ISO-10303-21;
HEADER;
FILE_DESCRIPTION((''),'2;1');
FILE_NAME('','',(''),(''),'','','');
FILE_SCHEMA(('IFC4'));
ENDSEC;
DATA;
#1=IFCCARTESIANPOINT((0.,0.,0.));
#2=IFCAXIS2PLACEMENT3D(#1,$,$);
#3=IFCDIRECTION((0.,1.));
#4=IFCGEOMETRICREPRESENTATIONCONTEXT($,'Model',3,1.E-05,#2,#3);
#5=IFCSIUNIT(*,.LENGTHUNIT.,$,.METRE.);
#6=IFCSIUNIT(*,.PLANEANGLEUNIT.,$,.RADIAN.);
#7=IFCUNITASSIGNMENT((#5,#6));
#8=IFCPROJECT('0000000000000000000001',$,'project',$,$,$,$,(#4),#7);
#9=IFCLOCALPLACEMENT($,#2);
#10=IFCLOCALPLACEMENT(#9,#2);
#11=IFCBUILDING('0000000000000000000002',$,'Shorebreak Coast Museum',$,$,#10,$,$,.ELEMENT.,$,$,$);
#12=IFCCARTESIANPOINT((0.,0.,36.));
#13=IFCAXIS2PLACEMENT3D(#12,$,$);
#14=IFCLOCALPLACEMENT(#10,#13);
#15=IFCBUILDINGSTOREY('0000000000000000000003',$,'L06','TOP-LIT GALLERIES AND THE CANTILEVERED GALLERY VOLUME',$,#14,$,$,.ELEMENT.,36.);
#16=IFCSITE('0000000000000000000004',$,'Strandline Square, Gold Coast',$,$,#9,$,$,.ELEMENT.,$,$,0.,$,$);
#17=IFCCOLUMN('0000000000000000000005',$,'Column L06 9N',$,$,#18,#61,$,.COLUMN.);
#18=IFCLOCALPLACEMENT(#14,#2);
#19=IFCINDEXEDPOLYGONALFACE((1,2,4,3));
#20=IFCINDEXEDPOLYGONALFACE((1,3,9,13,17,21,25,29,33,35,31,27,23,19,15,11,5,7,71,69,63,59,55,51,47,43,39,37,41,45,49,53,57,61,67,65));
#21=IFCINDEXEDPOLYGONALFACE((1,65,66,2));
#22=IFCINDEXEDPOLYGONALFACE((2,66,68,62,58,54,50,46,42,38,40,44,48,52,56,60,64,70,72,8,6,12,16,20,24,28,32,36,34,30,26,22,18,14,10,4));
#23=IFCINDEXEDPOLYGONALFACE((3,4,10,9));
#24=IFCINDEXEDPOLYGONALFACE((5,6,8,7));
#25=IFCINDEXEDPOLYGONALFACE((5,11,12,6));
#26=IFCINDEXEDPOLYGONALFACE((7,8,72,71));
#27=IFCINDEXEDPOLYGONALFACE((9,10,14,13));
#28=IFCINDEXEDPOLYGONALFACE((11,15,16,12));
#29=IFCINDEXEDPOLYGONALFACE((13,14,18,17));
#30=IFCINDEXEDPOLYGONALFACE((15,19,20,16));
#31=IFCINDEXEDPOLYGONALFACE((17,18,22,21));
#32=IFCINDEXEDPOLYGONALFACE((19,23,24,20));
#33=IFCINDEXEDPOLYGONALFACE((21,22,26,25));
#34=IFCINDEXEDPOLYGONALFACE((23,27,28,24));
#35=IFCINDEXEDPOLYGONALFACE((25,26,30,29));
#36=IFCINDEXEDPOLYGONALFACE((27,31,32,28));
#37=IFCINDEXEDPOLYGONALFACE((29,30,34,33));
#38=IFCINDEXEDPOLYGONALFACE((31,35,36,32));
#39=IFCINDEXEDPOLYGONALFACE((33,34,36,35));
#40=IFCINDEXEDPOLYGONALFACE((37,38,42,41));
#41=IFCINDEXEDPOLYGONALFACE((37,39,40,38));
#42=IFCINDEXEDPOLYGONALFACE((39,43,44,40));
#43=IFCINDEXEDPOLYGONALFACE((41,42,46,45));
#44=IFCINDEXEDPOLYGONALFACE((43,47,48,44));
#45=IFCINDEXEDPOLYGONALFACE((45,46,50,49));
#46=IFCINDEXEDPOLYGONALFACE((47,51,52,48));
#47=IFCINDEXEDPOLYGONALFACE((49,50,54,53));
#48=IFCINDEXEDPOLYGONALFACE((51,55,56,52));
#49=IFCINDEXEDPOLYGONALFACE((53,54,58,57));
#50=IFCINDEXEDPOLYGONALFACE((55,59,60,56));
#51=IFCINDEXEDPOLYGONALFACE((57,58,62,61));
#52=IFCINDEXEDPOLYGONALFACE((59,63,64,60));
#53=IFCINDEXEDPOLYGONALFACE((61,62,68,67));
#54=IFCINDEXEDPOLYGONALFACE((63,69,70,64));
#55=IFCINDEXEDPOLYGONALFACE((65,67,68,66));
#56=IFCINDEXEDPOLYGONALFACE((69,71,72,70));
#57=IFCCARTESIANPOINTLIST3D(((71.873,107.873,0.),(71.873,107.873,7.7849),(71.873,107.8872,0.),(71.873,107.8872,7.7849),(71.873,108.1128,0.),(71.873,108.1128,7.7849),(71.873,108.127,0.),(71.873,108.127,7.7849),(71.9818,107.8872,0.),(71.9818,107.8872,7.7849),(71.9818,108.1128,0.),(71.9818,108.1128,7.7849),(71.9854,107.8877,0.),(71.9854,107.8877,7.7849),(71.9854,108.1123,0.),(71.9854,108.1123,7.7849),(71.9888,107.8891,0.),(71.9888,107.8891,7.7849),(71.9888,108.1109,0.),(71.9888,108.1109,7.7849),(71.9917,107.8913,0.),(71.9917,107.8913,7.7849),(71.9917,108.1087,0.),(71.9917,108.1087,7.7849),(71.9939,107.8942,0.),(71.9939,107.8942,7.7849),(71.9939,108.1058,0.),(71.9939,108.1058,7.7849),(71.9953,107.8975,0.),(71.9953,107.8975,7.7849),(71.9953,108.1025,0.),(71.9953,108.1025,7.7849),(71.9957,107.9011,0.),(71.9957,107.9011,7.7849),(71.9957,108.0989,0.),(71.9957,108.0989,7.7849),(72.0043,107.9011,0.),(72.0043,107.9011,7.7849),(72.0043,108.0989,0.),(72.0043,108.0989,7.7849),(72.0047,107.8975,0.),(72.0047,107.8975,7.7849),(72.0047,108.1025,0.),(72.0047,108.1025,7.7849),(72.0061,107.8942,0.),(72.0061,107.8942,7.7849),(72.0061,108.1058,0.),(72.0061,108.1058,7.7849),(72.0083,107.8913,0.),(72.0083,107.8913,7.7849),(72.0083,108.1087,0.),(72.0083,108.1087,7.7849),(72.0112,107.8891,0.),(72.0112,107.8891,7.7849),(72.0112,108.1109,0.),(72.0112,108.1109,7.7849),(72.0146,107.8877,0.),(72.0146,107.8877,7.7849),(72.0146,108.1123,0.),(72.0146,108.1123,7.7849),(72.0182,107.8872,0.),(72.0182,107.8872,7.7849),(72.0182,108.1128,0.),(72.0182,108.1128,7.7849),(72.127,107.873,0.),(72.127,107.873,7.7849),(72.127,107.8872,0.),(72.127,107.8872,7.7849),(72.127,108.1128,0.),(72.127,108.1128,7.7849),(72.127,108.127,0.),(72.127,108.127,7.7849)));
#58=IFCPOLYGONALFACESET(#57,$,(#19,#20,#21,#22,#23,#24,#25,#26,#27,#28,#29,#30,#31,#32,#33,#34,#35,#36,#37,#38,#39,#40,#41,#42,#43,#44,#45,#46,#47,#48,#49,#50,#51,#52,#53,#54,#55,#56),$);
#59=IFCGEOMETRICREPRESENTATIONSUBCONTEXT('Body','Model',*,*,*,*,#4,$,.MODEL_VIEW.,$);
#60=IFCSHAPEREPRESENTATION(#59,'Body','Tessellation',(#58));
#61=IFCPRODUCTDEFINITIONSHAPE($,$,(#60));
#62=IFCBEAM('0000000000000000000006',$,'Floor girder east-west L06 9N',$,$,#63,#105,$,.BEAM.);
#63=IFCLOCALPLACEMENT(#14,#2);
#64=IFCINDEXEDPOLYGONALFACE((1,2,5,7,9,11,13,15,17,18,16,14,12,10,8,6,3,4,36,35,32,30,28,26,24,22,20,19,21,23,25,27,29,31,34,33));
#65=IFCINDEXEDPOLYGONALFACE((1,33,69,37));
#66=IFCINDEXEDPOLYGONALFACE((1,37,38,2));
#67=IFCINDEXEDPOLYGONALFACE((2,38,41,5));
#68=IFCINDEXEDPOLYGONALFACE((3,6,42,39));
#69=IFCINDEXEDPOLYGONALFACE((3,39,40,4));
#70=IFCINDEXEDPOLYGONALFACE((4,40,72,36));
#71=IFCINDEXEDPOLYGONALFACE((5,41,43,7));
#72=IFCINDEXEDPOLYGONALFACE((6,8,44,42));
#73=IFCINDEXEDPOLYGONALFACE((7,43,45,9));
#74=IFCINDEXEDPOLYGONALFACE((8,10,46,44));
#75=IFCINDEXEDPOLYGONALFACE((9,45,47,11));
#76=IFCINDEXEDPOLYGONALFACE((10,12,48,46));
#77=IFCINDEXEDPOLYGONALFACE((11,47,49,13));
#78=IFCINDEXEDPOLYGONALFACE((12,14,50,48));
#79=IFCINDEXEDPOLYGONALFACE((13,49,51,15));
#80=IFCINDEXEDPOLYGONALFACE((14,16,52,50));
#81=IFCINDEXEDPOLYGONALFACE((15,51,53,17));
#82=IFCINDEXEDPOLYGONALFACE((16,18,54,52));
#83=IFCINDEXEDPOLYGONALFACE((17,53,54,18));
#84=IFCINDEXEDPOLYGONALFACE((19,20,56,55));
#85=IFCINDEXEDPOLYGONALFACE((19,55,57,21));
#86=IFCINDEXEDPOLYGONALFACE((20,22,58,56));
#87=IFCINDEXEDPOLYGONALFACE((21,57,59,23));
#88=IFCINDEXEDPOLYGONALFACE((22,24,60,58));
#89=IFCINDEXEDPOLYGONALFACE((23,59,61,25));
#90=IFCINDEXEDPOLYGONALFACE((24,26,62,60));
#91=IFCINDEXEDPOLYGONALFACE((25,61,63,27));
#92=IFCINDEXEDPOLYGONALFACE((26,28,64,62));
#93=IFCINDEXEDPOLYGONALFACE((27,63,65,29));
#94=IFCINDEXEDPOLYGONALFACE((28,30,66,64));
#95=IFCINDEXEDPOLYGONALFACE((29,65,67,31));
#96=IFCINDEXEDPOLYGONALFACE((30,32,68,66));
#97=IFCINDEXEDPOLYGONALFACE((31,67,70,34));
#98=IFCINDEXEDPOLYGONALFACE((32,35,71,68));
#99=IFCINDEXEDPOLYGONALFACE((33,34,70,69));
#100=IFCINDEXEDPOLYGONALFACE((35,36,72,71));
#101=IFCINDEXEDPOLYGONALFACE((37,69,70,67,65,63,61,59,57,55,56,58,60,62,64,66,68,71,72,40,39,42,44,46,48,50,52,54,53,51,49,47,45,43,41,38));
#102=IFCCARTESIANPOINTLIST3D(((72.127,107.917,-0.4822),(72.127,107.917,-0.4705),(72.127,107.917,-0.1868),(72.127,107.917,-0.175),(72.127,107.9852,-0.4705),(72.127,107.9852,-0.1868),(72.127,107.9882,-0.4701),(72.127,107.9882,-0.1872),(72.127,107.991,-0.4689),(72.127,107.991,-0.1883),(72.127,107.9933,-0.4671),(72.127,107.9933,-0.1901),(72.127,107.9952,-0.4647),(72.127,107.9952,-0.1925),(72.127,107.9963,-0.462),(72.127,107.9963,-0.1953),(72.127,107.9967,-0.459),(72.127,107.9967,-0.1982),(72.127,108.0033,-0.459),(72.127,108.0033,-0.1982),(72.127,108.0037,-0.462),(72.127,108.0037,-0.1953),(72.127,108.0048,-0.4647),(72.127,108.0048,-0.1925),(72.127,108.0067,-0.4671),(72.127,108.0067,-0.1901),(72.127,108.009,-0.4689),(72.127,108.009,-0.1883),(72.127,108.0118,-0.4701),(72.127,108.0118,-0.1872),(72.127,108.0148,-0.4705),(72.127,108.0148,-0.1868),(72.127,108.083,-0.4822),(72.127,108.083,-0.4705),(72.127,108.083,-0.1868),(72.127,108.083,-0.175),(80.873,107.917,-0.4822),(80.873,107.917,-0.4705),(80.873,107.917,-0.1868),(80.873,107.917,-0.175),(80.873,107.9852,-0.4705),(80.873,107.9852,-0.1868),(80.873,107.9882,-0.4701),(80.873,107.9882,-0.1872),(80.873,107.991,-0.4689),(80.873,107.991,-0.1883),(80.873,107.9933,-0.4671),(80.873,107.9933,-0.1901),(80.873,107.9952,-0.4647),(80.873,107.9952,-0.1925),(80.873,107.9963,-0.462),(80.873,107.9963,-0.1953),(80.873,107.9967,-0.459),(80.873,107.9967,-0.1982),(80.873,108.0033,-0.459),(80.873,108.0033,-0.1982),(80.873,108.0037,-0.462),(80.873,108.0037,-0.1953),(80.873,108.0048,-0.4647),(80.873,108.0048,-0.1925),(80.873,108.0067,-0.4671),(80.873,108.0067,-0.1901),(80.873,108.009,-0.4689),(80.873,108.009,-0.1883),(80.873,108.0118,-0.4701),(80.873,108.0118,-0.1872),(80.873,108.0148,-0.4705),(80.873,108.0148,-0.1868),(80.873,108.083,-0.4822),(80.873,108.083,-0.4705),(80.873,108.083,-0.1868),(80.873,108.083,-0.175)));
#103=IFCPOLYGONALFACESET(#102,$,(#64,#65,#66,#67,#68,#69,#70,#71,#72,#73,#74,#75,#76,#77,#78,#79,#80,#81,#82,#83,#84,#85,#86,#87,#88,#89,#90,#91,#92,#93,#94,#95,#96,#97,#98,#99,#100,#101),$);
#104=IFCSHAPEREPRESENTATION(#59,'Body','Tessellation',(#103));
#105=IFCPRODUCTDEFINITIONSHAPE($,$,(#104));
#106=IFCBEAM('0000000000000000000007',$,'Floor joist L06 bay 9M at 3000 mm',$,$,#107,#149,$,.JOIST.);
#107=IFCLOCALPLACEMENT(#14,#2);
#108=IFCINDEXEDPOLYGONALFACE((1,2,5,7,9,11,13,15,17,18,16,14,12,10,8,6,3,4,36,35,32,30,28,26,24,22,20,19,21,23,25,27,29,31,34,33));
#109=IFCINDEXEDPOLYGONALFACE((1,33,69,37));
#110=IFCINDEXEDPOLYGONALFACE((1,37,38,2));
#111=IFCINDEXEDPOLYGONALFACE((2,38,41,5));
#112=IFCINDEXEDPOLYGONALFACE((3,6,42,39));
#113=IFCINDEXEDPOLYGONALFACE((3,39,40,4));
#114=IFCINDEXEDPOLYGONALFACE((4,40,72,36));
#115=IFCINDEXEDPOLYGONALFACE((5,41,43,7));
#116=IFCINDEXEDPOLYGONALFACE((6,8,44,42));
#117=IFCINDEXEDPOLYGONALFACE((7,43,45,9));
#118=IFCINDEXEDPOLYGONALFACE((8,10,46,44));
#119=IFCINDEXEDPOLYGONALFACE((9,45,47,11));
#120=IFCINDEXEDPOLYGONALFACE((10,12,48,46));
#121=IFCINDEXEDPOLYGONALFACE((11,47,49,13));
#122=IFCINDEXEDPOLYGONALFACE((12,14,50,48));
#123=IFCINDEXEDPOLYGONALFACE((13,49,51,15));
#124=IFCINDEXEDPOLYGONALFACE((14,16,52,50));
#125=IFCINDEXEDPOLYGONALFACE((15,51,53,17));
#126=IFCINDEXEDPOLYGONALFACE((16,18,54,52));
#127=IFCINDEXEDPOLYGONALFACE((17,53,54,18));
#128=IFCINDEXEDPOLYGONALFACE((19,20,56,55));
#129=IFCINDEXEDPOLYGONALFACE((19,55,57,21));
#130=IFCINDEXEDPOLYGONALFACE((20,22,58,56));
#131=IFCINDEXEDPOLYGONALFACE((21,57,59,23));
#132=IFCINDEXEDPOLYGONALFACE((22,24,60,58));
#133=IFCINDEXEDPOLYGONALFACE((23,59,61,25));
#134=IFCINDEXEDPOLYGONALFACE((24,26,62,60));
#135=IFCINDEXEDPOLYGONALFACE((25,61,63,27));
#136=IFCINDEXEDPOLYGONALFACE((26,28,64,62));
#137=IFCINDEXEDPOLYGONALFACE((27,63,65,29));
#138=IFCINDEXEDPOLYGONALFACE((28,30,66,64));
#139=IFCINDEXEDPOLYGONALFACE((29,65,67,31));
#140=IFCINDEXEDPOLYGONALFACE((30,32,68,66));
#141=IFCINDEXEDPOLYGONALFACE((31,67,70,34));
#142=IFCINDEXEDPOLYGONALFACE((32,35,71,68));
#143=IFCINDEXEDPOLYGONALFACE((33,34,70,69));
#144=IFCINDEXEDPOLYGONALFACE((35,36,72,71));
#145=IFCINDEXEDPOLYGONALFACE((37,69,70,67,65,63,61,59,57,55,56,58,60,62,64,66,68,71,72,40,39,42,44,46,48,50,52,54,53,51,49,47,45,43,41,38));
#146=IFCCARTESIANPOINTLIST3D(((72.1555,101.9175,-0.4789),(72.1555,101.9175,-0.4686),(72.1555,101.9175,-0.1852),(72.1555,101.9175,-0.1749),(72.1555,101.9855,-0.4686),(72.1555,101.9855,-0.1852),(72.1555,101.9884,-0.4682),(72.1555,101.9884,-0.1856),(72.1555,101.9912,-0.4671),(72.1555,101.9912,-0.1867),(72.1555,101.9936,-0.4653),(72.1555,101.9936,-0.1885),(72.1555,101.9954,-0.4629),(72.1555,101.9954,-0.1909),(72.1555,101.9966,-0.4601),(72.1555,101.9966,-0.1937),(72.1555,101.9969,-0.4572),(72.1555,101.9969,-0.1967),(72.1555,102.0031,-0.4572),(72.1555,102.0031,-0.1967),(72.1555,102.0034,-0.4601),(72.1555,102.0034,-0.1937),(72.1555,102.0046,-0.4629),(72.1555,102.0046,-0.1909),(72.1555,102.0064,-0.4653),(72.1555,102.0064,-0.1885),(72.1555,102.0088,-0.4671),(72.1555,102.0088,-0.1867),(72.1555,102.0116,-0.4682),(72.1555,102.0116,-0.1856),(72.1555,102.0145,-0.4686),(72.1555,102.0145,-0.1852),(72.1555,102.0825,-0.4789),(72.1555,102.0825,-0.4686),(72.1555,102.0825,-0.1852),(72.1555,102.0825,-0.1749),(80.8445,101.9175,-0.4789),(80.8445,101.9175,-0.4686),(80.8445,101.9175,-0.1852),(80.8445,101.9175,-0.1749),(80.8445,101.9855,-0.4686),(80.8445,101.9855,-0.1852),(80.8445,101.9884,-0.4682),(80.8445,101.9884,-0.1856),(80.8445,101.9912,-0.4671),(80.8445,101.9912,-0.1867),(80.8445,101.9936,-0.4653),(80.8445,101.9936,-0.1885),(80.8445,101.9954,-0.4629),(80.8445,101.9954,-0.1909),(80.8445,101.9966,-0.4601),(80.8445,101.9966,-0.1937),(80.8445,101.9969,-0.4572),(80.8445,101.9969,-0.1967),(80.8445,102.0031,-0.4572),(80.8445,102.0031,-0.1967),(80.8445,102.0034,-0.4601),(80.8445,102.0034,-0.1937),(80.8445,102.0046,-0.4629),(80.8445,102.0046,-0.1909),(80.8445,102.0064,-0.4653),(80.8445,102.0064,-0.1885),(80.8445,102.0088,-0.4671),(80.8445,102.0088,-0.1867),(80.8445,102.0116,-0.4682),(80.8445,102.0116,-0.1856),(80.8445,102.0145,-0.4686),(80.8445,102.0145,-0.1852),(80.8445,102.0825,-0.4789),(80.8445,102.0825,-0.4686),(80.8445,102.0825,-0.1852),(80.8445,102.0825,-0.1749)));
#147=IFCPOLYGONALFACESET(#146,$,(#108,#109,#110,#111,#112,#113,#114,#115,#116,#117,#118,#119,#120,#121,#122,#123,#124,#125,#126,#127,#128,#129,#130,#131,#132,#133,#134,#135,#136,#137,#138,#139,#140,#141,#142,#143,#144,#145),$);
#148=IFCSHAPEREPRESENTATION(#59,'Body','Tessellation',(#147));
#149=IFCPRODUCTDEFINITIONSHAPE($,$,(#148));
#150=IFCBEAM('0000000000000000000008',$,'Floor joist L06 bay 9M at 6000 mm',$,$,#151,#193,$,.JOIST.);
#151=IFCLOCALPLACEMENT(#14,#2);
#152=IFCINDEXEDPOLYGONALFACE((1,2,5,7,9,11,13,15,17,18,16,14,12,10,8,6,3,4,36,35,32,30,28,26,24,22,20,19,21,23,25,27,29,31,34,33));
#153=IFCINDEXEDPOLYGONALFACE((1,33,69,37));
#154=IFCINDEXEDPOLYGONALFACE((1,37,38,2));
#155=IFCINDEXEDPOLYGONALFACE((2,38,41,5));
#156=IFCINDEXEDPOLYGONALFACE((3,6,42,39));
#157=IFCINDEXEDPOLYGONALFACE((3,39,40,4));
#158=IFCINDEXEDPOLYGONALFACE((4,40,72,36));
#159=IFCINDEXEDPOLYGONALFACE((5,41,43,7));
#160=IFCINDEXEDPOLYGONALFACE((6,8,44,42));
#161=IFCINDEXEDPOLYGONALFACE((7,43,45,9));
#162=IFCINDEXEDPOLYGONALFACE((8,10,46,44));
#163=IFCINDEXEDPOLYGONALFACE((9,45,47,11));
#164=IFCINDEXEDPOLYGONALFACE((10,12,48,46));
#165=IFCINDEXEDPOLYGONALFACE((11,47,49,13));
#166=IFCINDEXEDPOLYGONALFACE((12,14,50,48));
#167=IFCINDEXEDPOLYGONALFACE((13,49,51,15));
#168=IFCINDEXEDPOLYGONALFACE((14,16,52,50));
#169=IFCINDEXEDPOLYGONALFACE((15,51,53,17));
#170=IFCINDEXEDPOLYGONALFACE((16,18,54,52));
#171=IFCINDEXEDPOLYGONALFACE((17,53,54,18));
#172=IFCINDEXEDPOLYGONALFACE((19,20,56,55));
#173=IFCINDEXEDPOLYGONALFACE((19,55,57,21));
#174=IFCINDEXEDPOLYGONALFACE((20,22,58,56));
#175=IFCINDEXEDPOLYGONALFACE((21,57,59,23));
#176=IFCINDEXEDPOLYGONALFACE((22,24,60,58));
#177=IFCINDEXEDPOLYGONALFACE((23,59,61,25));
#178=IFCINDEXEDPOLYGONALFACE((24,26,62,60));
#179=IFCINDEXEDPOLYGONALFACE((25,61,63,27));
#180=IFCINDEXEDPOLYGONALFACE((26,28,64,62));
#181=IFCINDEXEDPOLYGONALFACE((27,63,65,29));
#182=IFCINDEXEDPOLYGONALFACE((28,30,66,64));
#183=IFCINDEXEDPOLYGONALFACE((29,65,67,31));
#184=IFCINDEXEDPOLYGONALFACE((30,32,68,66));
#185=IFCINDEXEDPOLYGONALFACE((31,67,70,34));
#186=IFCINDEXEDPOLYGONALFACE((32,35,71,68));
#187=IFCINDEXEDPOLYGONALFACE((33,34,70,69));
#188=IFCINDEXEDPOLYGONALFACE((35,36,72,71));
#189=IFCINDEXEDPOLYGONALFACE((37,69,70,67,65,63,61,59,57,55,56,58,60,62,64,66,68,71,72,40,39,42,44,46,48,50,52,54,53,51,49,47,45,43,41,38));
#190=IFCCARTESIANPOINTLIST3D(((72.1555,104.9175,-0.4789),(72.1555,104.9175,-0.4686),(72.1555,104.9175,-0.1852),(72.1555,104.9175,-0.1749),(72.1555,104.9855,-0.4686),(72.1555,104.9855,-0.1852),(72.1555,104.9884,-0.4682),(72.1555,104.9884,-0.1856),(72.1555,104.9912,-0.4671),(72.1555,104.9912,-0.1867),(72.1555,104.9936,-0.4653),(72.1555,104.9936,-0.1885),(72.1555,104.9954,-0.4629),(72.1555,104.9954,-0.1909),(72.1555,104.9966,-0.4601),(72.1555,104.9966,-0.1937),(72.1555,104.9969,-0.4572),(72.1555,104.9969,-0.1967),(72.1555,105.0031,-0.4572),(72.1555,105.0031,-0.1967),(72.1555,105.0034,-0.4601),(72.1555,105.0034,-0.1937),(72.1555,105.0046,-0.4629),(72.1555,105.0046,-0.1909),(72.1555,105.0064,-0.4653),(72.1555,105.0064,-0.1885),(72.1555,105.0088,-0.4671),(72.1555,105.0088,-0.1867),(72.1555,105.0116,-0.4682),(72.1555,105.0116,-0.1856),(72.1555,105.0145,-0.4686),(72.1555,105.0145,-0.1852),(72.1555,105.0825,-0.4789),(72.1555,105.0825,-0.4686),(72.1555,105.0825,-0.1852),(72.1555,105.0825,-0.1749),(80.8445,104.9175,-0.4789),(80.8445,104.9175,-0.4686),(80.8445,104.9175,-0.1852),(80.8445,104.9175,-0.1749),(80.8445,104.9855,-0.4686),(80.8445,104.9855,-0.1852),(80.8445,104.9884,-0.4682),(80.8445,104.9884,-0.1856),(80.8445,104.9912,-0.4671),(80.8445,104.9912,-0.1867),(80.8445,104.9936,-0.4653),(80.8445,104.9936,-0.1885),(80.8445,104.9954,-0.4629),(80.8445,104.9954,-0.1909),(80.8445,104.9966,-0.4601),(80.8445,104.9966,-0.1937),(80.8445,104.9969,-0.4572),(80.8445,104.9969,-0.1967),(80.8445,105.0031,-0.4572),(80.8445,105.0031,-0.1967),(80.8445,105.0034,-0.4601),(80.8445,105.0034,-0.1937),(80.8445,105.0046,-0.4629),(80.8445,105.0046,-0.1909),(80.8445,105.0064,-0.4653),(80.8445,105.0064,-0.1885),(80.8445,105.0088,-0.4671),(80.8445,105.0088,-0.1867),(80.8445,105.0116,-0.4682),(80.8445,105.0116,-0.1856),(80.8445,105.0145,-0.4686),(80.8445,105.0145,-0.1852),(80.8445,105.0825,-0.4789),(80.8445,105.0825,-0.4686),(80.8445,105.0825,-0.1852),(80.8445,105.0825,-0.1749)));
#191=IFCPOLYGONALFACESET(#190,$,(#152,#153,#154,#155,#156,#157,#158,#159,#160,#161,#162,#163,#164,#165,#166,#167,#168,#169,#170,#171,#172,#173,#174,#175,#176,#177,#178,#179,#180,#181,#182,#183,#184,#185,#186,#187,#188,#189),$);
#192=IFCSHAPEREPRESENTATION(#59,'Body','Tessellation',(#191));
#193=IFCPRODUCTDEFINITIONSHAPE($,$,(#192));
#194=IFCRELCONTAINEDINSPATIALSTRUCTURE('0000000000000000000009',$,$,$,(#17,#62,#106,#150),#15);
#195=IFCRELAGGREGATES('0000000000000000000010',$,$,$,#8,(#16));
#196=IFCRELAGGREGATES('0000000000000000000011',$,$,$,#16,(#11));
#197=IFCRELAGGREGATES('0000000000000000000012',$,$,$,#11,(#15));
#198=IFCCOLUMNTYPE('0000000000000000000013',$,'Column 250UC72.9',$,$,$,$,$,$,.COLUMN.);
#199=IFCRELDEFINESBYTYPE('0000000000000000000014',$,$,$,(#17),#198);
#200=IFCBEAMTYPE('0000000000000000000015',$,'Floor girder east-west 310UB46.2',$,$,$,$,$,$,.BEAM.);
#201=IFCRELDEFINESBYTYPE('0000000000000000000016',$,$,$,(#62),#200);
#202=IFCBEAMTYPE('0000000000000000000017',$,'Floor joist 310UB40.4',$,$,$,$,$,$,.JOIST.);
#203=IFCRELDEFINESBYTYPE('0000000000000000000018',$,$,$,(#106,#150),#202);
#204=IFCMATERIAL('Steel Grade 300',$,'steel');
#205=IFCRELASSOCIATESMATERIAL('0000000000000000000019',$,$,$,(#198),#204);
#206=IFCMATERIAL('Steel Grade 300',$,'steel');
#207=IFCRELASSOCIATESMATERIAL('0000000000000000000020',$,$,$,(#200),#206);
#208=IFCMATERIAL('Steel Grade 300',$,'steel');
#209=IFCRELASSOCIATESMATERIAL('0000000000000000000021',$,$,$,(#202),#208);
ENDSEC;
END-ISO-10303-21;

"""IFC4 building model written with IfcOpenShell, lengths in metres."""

from ifc_helpers import new_model, si_unit, direction, frame, origin, origin_2d, place, context, subcontext, project, spatial, i_section, extrude, material, material_profile, profile_set, type_object, element, save


model = new_model("IFC4")

# Units and contexts
model_context = context("Model", 3, precision=1e-05, world=origin(), true_north=direction((0.0, 1.0)))
body_context = subcontext(model_context, "Body", "Model", "MODEL_VIEW")
ifc_project = project(units=[si_unit("LENGTHUNIT", "METRE"), si_unit("PLANEANGLEUNIT", "RADIAN")], contexts=[model_context])

# Site, building, storey
site_placement = place(None, origin())
site = spatial("IfcSite", under=ifc_project, at=site_placement, Name="Strandline Square, Gold Coast", CompositionType="ELEMENT", RefElevation=0.0)
building_placement = place(site_placement, origin())
building = spatial("IfcBuilding", under=site, at=building_placement, Name="Shorebreak Coast Museum", CompositionType="ELEMENT")
storey_placement = place(building_placement, frame((0.0, 0.0, 36.0)))
storey = spatial("IfcBuildingStorey", under=building, at=storey_placement, Name="L06", Description="TOP-LIT GALLERIES AND THE CANTILEVERED GALLERY VOLUME", CompositionType="ELEMENT", Elevation=36.0)

# Column
ifc_material_1 = material(Name="Steel Grade 300", Category="steel")
ifc_material_profile_1 = material_profile(ifc_material_1, i_section(OverallWidth=0.2539, OverallDepth=0.2539, WebThickness=0.0085, FlangeThickness=0.0142, FilletRadius=0.0139, at=origin_2d()), Name="250UC72.9")
ifc_profile_set_1 = profile_set([ifc_material_profile_1], Name="Steel Grade 300")
column_type = type_object("IfcColumnType", Name="Column 250UC72.9", PredefinedType="COLUMN", material=ifc_profile_set_1)
column_placement = place(storey_placement, frame((72.0, 108.0, 0.0), z_axis=(0.0, 0.0, 1.0), x_axis=(1.0, 0.0, 0.0)))
element("IfcColumn", 1, at=column_placement, inside=storey, type_object=column_type, Name="Column L06 9N", PredefinedType="COLUMN", context=body_context, shape_type="SweptSolid", body=[
    extrude(i_section(OverallWidth=0.2539, OverallDepth=0.2539, WebThickness=0.0085, FlangeThickness=0.0142, FilletRadius=0.0139, at=origin_2d()), origin(), (0.0, 0.0, 1.0), 7.7849),
])

# Beams
ifc_material_2 = material(Name="Steel Grade 300", Category="steel")
ifc_material_profile_2 = material_profile(ifc_material_2, i_section(OverallWidth=0.166, OverallDepth=0.3071, WebThickness=0.0066, FlangeThickness=0.0117, FilletRadius=0.0115, at=origin_2d()), Name="310UB46.2")
ifc_profile_set_2 = profile_set([ifc_material_profile_2], Name="Steel Grade 300")
beam_type_1 = type_object("IfcBeamType", Name="Floor girder east-west 310UB46.2", PredefinedType="BEAM", material=ifc_profile_set_2)
beam_placement = place(storey_placement, frame((72.127, 108.0, -0.3286), z_axis=(1.0, 0.0, 0.0), x_axis=(0.0, 1.0, 0.0)))
element("IfcBeam", 2, at=beam_placement, inside=storey, type_object=beam_type_1, Name="Floor girder east-west L06 9N", PredefinedType="BEAM", context=body_context, shape_type="SweptSolid", body=[
    extrude(i_section(OverallWidth=0.166, OverallDepth=0.3071, WebThickness=0.0066, FlangeThickness=0.0117, FilletRadius=0.0115, at=origin_2d()), origin(), (0.0, 0.0, 1.0), 8.7461),
])
ifc_material_3 = material(Name="Steel Grade 300", Category="steel")
ifc_material_profile_3 = material_profile(ifc_material_3, i_section(OverallWidth=0.165, OverallDepth=0.304, WebThickness=0.0061, FlangeThickness=0.0103, FilletRadius=0.0115, at=origin_2d()), Name="310UB40.4")
ifc_profile_set_3 = profile_set([ifc_material_profile_3], Name="Steel Grade 300")
beam_type_2 = type_object("IfcBeamType", Name="Floor joist 310UB40.4", PredefinedType="JOIST", material=ifc_profile_set_3)
for number, where, z_axis, x_axis, name in (
    (3, (72.1555, 102.0, -0.3269), (1.0, 0.0, 0.0), (0.0, 1.0, 0.0), "Floor joist L06 bay 9M at 3000 mm"),
    (4, (72.1555, 105.0, -0.3269), (1.0, 0.0, 0.0), (0.0, 1.0, 0.0), "Floor joist L06 bay 9M at 6000 mm"),
):
    element("IfcBeam", number, at=place(storey_placement, frame(where, z_axis=z_axis, x_axis=x_axis)), inside=storey, type_object=beam_type_2, Name=name, PredefinedType="JOIST", context=body_context, shape_type="SweptSolid", body=[
        extrude(i_section(OverallWidth=0.165, OverallDepth=0.304, WebThickness=0.0061, FlangeThickness=0.0103, FilletRadius=0.0115, at=origin_2d()), origin(), (0.0, 0.0, 1.0), 8.689),
    ])

save(model, "model.ifc")
